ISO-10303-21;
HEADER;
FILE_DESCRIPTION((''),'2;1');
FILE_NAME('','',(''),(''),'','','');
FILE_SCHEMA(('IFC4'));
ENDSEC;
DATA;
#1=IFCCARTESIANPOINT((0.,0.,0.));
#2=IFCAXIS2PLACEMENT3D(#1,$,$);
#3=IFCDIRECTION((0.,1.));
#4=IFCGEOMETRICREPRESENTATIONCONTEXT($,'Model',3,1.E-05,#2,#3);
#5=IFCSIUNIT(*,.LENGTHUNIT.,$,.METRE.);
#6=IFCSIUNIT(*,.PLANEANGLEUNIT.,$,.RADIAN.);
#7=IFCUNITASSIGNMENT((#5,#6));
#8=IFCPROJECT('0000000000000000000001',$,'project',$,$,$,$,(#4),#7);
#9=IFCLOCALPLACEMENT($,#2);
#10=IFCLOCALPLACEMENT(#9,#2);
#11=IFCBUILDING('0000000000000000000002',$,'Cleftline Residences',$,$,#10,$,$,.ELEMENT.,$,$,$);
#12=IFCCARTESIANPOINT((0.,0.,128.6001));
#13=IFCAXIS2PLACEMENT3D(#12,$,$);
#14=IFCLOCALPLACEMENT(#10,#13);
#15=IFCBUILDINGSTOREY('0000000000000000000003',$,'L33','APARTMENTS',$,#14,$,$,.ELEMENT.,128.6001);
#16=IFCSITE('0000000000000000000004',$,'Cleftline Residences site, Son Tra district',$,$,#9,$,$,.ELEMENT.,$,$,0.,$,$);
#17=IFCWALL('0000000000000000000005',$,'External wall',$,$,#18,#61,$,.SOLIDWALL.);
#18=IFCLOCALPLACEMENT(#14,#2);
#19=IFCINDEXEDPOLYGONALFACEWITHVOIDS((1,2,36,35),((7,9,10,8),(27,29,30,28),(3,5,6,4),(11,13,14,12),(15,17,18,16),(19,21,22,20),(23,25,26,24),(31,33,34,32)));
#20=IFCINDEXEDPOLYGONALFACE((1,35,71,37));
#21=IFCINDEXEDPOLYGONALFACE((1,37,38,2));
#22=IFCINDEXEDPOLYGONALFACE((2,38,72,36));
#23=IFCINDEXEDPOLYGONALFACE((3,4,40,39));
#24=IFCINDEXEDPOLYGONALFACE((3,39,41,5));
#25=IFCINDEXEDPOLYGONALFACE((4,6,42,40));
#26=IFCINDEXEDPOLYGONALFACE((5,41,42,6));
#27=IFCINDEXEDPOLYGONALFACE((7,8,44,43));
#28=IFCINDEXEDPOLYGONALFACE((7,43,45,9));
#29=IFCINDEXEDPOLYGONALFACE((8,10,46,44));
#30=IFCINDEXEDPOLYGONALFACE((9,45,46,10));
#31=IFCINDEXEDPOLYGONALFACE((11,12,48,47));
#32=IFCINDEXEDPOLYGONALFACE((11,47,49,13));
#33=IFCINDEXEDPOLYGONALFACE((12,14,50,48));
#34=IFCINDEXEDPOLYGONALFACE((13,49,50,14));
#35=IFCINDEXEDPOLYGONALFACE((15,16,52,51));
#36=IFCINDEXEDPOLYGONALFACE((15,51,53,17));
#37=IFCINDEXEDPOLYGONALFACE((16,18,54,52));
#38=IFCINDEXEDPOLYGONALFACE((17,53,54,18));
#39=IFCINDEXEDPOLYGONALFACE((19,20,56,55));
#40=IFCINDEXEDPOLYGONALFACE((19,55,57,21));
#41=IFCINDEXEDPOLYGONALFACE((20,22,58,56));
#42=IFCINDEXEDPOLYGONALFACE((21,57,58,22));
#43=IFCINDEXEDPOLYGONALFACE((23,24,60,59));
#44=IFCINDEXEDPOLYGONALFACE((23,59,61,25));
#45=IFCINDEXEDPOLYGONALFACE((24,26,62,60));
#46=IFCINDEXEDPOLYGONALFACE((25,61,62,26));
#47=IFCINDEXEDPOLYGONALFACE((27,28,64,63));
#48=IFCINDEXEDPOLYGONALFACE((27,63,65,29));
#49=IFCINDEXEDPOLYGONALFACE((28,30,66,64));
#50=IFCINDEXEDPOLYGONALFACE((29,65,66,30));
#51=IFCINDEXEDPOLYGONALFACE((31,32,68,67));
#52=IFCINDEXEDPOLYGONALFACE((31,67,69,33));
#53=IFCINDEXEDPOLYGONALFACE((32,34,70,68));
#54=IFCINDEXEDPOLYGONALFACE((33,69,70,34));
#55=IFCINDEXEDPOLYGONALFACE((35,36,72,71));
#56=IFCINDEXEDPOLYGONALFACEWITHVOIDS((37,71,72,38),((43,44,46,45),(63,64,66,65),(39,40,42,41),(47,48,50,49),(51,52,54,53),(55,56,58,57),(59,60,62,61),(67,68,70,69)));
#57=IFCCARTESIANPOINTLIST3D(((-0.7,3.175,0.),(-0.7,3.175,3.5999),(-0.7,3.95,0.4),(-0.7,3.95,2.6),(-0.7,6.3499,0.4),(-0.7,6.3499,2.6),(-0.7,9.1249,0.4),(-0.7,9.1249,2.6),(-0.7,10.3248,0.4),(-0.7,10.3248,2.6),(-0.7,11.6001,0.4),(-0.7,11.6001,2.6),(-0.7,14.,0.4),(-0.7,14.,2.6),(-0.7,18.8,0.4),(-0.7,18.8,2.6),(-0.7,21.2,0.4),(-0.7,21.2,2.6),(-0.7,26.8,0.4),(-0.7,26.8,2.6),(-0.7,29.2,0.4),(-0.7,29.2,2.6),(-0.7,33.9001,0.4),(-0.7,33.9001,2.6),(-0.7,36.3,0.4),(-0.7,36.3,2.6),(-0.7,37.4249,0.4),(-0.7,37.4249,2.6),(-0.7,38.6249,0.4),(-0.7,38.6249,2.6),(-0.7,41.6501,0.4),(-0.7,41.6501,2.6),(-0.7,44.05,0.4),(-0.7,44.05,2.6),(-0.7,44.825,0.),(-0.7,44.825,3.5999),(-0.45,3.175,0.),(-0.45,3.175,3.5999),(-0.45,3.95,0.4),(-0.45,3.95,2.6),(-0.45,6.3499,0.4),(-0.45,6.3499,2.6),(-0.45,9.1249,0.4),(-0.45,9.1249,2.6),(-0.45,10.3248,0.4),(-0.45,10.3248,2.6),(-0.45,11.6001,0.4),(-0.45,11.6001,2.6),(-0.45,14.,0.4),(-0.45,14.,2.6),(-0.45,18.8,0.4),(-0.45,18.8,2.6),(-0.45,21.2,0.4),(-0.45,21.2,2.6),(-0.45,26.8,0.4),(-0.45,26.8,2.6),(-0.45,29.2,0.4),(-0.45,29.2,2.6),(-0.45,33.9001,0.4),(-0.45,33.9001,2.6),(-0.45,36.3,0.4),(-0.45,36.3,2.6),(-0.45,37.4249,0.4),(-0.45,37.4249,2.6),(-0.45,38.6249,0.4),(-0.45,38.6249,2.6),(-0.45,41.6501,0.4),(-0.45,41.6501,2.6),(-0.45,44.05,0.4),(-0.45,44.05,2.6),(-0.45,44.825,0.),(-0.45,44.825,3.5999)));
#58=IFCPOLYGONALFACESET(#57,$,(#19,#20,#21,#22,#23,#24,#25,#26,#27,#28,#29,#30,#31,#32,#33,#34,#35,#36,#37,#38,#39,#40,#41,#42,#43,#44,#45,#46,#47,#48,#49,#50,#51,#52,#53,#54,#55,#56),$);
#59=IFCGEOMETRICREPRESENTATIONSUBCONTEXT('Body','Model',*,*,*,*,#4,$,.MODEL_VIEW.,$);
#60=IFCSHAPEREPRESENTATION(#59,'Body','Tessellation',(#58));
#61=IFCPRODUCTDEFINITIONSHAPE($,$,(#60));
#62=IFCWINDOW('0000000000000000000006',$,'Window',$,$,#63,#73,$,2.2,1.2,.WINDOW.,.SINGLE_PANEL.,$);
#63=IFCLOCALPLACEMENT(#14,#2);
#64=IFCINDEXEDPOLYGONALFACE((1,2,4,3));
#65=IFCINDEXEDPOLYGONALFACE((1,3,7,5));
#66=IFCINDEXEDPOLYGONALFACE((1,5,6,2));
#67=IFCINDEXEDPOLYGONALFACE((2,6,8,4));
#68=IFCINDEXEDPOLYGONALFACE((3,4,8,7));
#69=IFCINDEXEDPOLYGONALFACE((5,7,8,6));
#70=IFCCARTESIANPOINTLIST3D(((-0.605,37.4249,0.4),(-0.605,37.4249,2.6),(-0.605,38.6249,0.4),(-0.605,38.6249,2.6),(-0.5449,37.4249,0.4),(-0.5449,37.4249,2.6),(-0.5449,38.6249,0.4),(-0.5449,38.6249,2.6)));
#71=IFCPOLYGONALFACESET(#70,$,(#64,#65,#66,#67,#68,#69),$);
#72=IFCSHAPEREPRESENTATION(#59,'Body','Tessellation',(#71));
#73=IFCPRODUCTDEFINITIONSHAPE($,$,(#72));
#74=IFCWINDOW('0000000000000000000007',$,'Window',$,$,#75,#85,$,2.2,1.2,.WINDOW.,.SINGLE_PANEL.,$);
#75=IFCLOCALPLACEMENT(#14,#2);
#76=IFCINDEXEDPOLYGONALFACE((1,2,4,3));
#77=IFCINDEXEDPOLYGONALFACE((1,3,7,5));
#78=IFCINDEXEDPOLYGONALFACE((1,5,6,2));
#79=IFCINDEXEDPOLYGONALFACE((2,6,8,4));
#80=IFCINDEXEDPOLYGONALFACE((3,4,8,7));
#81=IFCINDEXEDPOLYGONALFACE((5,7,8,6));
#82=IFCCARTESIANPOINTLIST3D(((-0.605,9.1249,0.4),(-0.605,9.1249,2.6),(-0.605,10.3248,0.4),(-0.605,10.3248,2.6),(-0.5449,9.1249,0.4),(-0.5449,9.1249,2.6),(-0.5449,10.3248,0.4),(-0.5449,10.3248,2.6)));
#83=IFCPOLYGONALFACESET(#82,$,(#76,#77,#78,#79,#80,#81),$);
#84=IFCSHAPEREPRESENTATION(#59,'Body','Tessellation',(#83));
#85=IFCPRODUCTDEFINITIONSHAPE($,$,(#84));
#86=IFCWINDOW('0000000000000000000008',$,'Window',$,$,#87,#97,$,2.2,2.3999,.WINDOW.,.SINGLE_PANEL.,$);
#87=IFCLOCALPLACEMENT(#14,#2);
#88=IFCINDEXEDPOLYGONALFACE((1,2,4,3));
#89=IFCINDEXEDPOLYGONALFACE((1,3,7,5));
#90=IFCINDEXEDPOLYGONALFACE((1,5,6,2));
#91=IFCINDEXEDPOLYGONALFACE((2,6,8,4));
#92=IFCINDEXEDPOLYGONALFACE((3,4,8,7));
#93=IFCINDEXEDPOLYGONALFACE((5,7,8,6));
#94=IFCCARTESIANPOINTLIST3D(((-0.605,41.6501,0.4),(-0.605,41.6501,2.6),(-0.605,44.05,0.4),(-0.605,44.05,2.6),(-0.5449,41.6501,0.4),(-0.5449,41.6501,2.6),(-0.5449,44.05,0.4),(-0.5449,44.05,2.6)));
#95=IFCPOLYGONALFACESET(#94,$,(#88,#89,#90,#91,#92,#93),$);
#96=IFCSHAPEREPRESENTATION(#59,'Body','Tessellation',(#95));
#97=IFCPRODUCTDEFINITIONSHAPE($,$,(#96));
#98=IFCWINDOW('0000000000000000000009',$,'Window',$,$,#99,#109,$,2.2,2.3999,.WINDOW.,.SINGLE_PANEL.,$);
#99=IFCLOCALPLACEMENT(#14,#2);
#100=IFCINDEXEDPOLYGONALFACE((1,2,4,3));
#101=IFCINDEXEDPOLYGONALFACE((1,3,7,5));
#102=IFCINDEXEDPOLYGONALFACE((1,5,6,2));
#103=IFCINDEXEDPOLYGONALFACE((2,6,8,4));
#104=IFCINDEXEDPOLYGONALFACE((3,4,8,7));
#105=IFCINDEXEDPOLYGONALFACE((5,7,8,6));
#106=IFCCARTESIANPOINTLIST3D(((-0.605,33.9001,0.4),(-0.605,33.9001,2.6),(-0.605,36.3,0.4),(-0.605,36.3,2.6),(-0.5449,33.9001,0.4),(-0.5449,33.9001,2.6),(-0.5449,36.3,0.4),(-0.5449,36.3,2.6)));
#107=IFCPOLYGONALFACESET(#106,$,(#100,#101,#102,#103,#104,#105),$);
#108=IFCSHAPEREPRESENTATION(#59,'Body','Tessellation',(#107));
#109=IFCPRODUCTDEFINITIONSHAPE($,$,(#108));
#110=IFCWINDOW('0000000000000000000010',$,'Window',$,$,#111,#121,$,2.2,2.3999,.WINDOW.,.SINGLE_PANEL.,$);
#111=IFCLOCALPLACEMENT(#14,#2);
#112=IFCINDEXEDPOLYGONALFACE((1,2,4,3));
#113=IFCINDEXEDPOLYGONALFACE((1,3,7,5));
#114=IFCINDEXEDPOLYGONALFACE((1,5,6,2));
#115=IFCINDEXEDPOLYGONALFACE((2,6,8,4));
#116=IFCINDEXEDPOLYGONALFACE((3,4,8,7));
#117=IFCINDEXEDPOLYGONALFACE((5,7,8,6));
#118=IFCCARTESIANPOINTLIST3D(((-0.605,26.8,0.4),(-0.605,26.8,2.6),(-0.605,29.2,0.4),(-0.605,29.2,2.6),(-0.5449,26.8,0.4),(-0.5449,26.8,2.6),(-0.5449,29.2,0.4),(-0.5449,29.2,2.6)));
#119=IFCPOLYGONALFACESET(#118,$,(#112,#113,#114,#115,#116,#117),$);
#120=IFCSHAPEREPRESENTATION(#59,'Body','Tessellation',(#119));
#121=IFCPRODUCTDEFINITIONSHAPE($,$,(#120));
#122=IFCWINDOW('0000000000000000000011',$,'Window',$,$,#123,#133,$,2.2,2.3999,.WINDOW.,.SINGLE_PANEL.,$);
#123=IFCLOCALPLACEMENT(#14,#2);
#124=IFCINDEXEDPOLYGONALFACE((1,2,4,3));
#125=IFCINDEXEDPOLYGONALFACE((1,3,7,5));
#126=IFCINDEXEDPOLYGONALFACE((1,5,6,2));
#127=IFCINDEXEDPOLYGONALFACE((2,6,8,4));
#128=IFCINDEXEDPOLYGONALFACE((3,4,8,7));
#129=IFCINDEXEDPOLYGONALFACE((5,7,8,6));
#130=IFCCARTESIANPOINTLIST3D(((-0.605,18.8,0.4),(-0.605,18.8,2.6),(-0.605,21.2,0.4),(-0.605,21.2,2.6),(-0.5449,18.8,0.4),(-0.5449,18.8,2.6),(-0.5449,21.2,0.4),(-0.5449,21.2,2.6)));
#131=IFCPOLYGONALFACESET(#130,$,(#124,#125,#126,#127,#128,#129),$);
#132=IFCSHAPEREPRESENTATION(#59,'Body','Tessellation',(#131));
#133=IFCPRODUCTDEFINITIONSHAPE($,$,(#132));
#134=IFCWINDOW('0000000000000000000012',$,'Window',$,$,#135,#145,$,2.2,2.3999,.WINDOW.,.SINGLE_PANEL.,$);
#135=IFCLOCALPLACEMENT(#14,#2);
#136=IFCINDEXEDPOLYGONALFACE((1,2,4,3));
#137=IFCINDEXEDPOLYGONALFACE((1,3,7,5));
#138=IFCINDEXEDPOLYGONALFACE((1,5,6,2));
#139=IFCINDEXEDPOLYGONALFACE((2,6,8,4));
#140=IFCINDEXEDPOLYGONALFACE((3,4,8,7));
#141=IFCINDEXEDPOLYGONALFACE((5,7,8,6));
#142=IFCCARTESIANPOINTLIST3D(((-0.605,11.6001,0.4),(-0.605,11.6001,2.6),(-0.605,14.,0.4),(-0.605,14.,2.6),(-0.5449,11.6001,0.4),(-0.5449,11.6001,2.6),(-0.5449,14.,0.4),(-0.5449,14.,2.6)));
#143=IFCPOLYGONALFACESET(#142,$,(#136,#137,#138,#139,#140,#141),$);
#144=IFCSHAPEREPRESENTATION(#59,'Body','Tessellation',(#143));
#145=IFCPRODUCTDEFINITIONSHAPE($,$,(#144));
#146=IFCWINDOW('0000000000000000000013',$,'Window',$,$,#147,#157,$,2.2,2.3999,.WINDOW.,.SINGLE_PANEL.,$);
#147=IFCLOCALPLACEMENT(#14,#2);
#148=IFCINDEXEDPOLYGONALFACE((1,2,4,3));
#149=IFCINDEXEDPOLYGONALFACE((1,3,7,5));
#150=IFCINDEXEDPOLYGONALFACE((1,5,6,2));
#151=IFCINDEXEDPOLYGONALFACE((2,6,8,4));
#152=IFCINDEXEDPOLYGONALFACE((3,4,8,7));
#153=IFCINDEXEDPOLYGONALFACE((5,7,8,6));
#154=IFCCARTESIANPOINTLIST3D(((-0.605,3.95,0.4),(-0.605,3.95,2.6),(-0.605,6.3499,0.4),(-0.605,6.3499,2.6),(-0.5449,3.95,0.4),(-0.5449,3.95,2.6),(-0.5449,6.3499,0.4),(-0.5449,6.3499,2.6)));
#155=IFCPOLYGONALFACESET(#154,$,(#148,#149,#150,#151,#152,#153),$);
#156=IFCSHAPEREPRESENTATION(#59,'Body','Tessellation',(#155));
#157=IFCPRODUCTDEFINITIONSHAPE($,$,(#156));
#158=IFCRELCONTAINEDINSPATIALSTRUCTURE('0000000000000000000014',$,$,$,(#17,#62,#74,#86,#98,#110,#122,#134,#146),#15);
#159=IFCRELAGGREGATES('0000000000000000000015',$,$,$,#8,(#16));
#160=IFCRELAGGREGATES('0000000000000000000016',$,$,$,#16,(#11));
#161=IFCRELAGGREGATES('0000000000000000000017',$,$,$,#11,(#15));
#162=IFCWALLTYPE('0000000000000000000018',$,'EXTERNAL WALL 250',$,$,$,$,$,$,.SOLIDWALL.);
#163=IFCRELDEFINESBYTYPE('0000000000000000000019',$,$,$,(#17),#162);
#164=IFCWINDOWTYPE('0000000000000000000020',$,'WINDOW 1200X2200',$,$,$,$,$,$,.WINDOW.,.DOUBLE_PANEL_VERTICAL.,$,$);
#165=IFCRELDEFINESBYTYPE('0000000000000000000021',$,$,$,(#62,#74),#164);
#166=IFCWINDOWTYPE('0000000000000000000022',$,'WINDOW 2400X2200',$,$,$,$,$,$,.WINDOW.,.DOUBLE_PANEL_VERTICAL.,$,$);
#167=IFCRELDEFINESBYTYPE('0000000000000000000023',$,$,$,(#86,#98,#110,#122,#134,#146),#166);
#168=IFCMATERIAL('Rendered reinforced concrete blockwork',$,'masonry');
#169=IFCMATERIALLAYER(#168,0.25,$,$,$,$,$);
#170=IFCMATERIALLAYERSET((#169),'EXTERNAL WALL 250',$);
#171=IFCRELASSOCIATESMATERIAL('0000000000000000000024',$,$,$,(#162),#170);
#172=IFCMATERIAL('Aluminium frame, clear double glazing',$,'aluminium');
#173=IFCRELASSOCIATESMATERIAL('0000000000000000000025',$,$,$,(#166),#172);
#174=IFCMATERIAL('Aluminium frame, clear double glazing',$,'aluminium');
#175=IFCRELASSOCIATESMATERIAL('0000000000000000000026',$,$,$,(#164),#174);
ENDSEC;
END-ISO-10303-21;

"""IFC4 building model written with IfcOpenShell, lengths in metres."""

from ifc_helpers import new_model, si_unit, direction, frame, frame_2d, origin, place, context, subcontext, project, spatial, rectangle, extrude, material, layer, layer_set, type_object, element, fill, save


model = new_model("IFC4")

# Units and contexts
model_context = context("Model", 3, precision=1e-05, world=origin(), true_north=direction((0.0, 1.0)))
body_context = subcontext(model_context, "Body", "Model", "MODEL_VIEW")
ifc_project = project(units=[si_unit("LENGTHUNIT", "METRE"), si_unit("PLANEANGLEUNIT", "RADIAN")], contexts=[model_context])

# Site, building, storey
site_placement = place(None, origin())
site = spatial("IfcSite", under=ifc_project, at=site_placement, Name="Cleftline Residences site, Son Tra district", CompositionType="ELEMENT", RefElevation=0.0)
building_placement = place(site_placement, origin())
building = spatial("IfcBuilding", under=site, at=building_placement, Name="Cleftline Residences", CompositionType="ELEMENT")
storey_placement = place(building_placement, frame((0.0, 0.0, 128.6001)))
storey = spatial("IfcBuildingStorey", under=building, at=storey_placement, Name="L33", Description="APARTMENTS", CompositionType="ELEMENT", Elevation=128.6001)

# Shared definitions
ifc_material_1 = material(Name="Rendered reinforced concrete blockwork", Category="masonry")
ifc_layer_1 = layer(ifc_material_1, 0.25)
ifc_layer_set_1 = layer_set([ifc_layer_1], Name="EXTERNAL WALL 250")
wall_type_1 = type_object("IfcWallType", Name="EXTERNAL WALL 250", PredefinedType="SOLIDWALL", material=ifc_layer_set_1)
ifc_material_2 = material(Name="Aluminium frame, clear double glazing", Category="aluminium")
window_type_1 = type_object("IfcWindowType", Name="WINDOW 2400X2200", PartitioningType="DOUBLE_PANEL_VERTICAL", PredefinedType="WINDOW", material=ifc_material_2)

# Wall, openings, windows
wall_1_placement = place(storey_placement, frame((-0.575, 44.825, 0.0), z_axis=(0.0, 0.0, 1.0), x_axis=(0.0, -1.0, 0.0)))
wall_1 = element("IfcWall", 1, at=wall_1_placement, inside=storey, type_object=wall_type_1, Name="External wall", PredefinedType="SOLIDWALL", context=body_context, shape_type="SweptSolid", body=[
    extrude(rectangle(XDim=41.6499, YDim=0.25, at=frame_2d((20.825, 0.0))), origin(), (0.0, 0.0, 1.0), 3.5999),
])
opening_1_placement = place(wall_1_placement, frame((0.7749, 0.0, 0.3999)))
opening_1 = element("IfcOpeningElement", 2, at=opening_1_placement, cuts=wall_1, PredefinedType="OPENING", context=body_context, shape_type="SweptSolid", body=[
    extrude(rectangle(XDim=2.3999, YDim=2.2, at=frame_2d((1.2, 1.1001))), frame((0.0, 0.135, 0.0), z_axis=(0.0, -1.0, 0.0), x_axis=(1.0, 0.0, 0.0)), (0.0, 0.0, 1.0), 0.27),
])
opening_2_placement = place(wall_1_placement, frame((6.2, 0.0, 0.3999)))
opening_2 = element("IfcOpeningElement", 3, at=opening_2_placement, cuts=wall_1, PredefinedType="OPENING", context=body_context, shape_type="SweptSolid", body=[
    extrude(rectangle(XDim=1.2, YDim=2.2, at=frame_2d((0.6001, 1.1001))), frame((0.0, 0.135, 0.0), z_axis=(0.0, -1.0, 0.0), x_axis=(1.0, 0.0, 0.0)), (0.0, 0.0, 1.0), 0.27),
])
opening_3_placement = place(wall_1_placement, frame((8.5249, 0.0, 0.3999)))
opening_3 = element("IfcOpeningElement", 4, at=opening_3_placement, cuts=wall_1, PredefinedType="OPENING", context=body_context, shape_type="SweptSolid", body=[
    extrude(rectangle(XDim=2.3999, YDim=2.2, at=frame_2d((1.2, 1.1001))), frame((0.0, 0.135, 0.0), z_axis=(0.0, -1.0, 0.0), x_axis=(1.0, 0.0, 0.0)), (0.0, 0.0, 1.0), 0.27),
])
opening_4_placement = place(wall_1_placement, frame((15.625, 0.0, 0.3999)))
opening_4 = element("IfcOpeningElement", 5, at=opening_4_placement, cuts=wall_1, PredefinedType="OPENING", context=body_context, shape_type="SweptSolid", body=[
    extrude(rectangle(XDim=2.3999, YDim=2.2, at=frame_2d((1.2, 1.1001))), frame((0.0, 0.135, 0.0), z_axis=(0.0, -1.0, 0.0), x_axis=(1.0, 0.0, 0.0)), (0.0, 0.0, 1.0), 0.27),
])
opening_5_placement = place(wall_1_placement, frame((23.625, 0.0, 0.3999)))
opening_5 = element("IfcOpeningElement", 6, at=opening_5_placement, cuts=wall_1, PredefinedType="OPENING", context=body_context, shape_type="SweptSolid", body=[
    extrude(rectangle(XDim=2.3999, YDim=2.2, at=frame_2d((1.2, 1.1001))), frame((0.0, 0.135, 0.0), z_axis=(0.0, -1.0, 0.0), x_axis=(1.0, 0.0, 0.0)), (0.0, 0.0, 1.0), 0.27),
])
opening_6_placement = place(wall_1_placement, frame((30.825, 0.0, 0.3999)))
opening_6 = element("IfcOpeningElement", 7, at=opening_6_placement, cuts=wall_1, PredefinedType="OPENING", context=body_context, shape_type="SweptSolid", body=[
    extrude(rectangle(XDim=2.3999, YDim=2.2, at=frame_2d((1.2, 1.1001))), frame((0.0, 0.135, 0.0), z_axis=(0.0, -1.0, 0.0), x_axis=(1.0, 0.0, 0.0)), (0.0, 0.0, 1.0), 0.27),
])
opening_7_placement = place(wall_1_placement, frame((34.5, 0.0, 0.3999)))
opening_7 = element("IfcOpeningElement", 8, at=opening_7_placement, cuts=wall_1, PredefinedType="OPENING", context=body_context, shape_type="SweptSolid", body=[
    extrude(rectangle(XDim=1.2, YDim=2.2, at=frame_2d((0.6001, 1.1001))), frame((0.0, 0.135, 0.0), z_axis=(0.0, -1.0, 0.0), x_axis=(1.0, 0.0, 0.0)), (0.0, 0.0, 1.0), 0.27),
])
opening_8_placement = place(wall_1_placement, frame((38.4751, 0.0, 0.3999)))
opening_8 = element("IfcOpeningElement", 9, at=opening_8_placement, cuts=wall_1, PredefinedType="OPENING", context=body_context, shape_type="SweptSolid", body=[
    extrude(rectangle(XDim=2.3999, YDim=2.2, at=frame_2d((1.2, 1.1001))), frame((0.0, 0.135, 0.0), z_axis=(0.0, -1.0, 0.0), x_axis=(1.0, 0.0, 0.0)), (0.0, 0.0, 1.0), 0.27),
])
ifc_material_3 = material(Name="Aluminium frame, clear double glazing", Category="aluminium")
window_type_2 = type_object("IfcWindowType", Name="WINDOW 1200X2200", PartitioningType="DOUBLE_PANEL_VERTICAL", PredefinedType="WINDOW", material=ifc_material_3)
window_1_placement = place(opening_2_placement, origin())
window_1 = element("IfcWindow", 10, at=window_1_placement, inside=storey, type_object=window_type_2, Name="Window", OverallHeight=2.2, OverallWidth=1.2, PartitioningType="SINGLE_PANEL", PredefinedType="WINDOW", context=body_context, shape_type="SweptSolid", body=[
    extrude(rectangle(XDim=1.2, YDim=2.2, at=frame_2d((0.6001, 1.1001))), frame((0.0, 0.03, 0.0), z_axis=(0.0, -1.0, 0.0), x_axis=(1.0, 0.0, 0.0)), (0.0, 0.0, 1.0), 0.0601),
])
fill(opening_2, window_1)
window_2_placement = place(opening_7_placement, origin())
window_2 = element("IfcWindow", 11, at=window_2_placement, inside=storey, type_object=window_type_2, Name="Window", OverallHeight=2.2, OverallWidth=1.2, PartitioningType="SINGLE_PANEL", PredefinedType="WINDOW", context=body_context, shape_type="SweptSolid", body=[
    extrude(rectangle(XDim=1.2, YDim=2.2, at=frame_2d((0.6001, 1.1001))), frame((0.0, 0.03, 0.0), z_axis=(0.0, -1.0, 0.0), x_axis=(1.0, 0.0, 0.0)), (0.0, 0.0, 1.0), 0.0601),
])
fill(opening_7, window_2)
window_3_placement = place(opening_1_placement, origin())
window_3 = element("IfcWindow", 12, at=window_3_placement, inside=storey, type_object=window_type_1, Name="Window", OverallHeight=2.2, OverallWidth=2.3999, PartitioningType="SINGLE_PANEL", PredefinedType="WINDOW", context=body_context, shape_type="SweptSolid", body=[
    extrude(rectangle(XDim=2.3999, YDim=2.2, at=frame_2d((1.2, 1.1001))), frame((0.0, 0.03, 0.0), z_axis=(0.0, -1.0, 0.0), x_axis=(1.0, 0.0, 0.0)), (0.0, 0.0, 1.0), 0.0601),
])
fill(opening_1, window_3)
window_4_placement = place(opening_3_placement, origin())
window_4 = element("IfcWindow", 13, at=window_4_placement, inside=storey, type_object=window_type_1, Name="Window", OverallHeight=2.2, OverallWidth=2.3999, PartitioningType="SINGLE_PANEL", PredefinedType="WINDOW", context=body_context, shape_type="SweptSolid", body=[
    extrude(rectangle(XDim=2.3999, YDim=2.2, at=frame_2d((1.2, 1.1001))), frame((0.0, 0.03, 0.0), z_axis=(0.0, -1.0, 0.0), x_axis=(1.0, 0.0, 0.0)), (0.0, 0.0, 1.0), 0.0601),
])
fill(opening_3, window_4)
window_5_placement = place(opening_4_placement, origin())
window_5 = element("IfcWindow", 14, at=window_5_placement, inside=storey, type_object=window_type_1, Name="Window", OverallHeight=2.2, OverallWidth=2.3999, PartitioningType="SINGLE_PANEL", PredefinedType="WINDOW", context=body_context, shape_type="SweptSolid", body=[
    extrude(rectangle(XDim=2.3999, YDim=2.2, at=frame_2d((1.2, 1.1001))), frame((0.0, 0.03, 0.0), z_axis=(0.0, -1.0, 0.0), x_axis=(1.0, 0.0, 0.0)), (0.0, 0.0, 1.0), 0.0601),
])
fill(opening_4, window_5)
window_6_placement = place(opening_5_placement, origin())
window_6 = element("IfcWindow", 15, at=window_6_placement, inside=storey, type_object=window_type_1, Name="Window", OverallHeight=2.2, OverallWidth=2.3999, PartitioningType="SINGLE_PANEL", PredefinedType="WINDOW", context=body_context, shape_type="SweptSolid", body=[
    extrude(rectangle(XDim=2.3999, YDim=2.2, at=frame_2d((1.2, 1.1001))), frame((0.0, 0.03, 0.0), z_axis=(0.0, -1.0, 0.0), x_axis=(1.0, 0.0, 0.0)), (0.0, 0.0, 1.0), 0.0601),
])
fill(opening_5, window_6)
window_7_placement = place(opening_6_placement, origin())
window_7 = element("IfcWindow", 16, at=window_7_placement, inside=storey, type_object=window_type_1, Name="Window", OverallHeight=2.2, OverallWidth=2.3999, PartitioningType="SINGLE_PANEL", PredefinedType="WINDOW", context=body_context, shape_type="SweptSolid", body=[
    extrude(rectangle(XDim=2.3999, YDim=2.2, at=frame_2d((1.2, 1.1001))), frame((0.0, 0.03, 0.0), z_axis=(0.0, -1.0, 0.0), x_axis=(1.0, 0.0, 0.0)), (0.0, 0.0, 1.0), 0.0601),
])
fill(opening_6, window_7)
window_8_placement = place(opening_8_placement, origin())
window_8 = element("IfcWindow", 17, at=window_8_placement, inside=storey, type_object=window_type_1, Name="Window", OverallHeight=2.2, OverallWidth=2.3999, PartitioningType="SINGLE_PANEL", PredefinedType="WINDOW", context=body_context, shape_type="SweptSolid", body=[
    extrude(rectangle(XDim=2.3999, YDim=2.2, at=frame_2d((1.2, 1.1001))), frame((0.0, 0.03, 0.0), z_axis=(0.0, -1.0, 0.0), x_axis=(1.0, 0.0, 0.0)), (0.0, 0.0, 1.0), 0.0601),
])
fill(opening_8, window_8)

save(model, "model.ifc")
